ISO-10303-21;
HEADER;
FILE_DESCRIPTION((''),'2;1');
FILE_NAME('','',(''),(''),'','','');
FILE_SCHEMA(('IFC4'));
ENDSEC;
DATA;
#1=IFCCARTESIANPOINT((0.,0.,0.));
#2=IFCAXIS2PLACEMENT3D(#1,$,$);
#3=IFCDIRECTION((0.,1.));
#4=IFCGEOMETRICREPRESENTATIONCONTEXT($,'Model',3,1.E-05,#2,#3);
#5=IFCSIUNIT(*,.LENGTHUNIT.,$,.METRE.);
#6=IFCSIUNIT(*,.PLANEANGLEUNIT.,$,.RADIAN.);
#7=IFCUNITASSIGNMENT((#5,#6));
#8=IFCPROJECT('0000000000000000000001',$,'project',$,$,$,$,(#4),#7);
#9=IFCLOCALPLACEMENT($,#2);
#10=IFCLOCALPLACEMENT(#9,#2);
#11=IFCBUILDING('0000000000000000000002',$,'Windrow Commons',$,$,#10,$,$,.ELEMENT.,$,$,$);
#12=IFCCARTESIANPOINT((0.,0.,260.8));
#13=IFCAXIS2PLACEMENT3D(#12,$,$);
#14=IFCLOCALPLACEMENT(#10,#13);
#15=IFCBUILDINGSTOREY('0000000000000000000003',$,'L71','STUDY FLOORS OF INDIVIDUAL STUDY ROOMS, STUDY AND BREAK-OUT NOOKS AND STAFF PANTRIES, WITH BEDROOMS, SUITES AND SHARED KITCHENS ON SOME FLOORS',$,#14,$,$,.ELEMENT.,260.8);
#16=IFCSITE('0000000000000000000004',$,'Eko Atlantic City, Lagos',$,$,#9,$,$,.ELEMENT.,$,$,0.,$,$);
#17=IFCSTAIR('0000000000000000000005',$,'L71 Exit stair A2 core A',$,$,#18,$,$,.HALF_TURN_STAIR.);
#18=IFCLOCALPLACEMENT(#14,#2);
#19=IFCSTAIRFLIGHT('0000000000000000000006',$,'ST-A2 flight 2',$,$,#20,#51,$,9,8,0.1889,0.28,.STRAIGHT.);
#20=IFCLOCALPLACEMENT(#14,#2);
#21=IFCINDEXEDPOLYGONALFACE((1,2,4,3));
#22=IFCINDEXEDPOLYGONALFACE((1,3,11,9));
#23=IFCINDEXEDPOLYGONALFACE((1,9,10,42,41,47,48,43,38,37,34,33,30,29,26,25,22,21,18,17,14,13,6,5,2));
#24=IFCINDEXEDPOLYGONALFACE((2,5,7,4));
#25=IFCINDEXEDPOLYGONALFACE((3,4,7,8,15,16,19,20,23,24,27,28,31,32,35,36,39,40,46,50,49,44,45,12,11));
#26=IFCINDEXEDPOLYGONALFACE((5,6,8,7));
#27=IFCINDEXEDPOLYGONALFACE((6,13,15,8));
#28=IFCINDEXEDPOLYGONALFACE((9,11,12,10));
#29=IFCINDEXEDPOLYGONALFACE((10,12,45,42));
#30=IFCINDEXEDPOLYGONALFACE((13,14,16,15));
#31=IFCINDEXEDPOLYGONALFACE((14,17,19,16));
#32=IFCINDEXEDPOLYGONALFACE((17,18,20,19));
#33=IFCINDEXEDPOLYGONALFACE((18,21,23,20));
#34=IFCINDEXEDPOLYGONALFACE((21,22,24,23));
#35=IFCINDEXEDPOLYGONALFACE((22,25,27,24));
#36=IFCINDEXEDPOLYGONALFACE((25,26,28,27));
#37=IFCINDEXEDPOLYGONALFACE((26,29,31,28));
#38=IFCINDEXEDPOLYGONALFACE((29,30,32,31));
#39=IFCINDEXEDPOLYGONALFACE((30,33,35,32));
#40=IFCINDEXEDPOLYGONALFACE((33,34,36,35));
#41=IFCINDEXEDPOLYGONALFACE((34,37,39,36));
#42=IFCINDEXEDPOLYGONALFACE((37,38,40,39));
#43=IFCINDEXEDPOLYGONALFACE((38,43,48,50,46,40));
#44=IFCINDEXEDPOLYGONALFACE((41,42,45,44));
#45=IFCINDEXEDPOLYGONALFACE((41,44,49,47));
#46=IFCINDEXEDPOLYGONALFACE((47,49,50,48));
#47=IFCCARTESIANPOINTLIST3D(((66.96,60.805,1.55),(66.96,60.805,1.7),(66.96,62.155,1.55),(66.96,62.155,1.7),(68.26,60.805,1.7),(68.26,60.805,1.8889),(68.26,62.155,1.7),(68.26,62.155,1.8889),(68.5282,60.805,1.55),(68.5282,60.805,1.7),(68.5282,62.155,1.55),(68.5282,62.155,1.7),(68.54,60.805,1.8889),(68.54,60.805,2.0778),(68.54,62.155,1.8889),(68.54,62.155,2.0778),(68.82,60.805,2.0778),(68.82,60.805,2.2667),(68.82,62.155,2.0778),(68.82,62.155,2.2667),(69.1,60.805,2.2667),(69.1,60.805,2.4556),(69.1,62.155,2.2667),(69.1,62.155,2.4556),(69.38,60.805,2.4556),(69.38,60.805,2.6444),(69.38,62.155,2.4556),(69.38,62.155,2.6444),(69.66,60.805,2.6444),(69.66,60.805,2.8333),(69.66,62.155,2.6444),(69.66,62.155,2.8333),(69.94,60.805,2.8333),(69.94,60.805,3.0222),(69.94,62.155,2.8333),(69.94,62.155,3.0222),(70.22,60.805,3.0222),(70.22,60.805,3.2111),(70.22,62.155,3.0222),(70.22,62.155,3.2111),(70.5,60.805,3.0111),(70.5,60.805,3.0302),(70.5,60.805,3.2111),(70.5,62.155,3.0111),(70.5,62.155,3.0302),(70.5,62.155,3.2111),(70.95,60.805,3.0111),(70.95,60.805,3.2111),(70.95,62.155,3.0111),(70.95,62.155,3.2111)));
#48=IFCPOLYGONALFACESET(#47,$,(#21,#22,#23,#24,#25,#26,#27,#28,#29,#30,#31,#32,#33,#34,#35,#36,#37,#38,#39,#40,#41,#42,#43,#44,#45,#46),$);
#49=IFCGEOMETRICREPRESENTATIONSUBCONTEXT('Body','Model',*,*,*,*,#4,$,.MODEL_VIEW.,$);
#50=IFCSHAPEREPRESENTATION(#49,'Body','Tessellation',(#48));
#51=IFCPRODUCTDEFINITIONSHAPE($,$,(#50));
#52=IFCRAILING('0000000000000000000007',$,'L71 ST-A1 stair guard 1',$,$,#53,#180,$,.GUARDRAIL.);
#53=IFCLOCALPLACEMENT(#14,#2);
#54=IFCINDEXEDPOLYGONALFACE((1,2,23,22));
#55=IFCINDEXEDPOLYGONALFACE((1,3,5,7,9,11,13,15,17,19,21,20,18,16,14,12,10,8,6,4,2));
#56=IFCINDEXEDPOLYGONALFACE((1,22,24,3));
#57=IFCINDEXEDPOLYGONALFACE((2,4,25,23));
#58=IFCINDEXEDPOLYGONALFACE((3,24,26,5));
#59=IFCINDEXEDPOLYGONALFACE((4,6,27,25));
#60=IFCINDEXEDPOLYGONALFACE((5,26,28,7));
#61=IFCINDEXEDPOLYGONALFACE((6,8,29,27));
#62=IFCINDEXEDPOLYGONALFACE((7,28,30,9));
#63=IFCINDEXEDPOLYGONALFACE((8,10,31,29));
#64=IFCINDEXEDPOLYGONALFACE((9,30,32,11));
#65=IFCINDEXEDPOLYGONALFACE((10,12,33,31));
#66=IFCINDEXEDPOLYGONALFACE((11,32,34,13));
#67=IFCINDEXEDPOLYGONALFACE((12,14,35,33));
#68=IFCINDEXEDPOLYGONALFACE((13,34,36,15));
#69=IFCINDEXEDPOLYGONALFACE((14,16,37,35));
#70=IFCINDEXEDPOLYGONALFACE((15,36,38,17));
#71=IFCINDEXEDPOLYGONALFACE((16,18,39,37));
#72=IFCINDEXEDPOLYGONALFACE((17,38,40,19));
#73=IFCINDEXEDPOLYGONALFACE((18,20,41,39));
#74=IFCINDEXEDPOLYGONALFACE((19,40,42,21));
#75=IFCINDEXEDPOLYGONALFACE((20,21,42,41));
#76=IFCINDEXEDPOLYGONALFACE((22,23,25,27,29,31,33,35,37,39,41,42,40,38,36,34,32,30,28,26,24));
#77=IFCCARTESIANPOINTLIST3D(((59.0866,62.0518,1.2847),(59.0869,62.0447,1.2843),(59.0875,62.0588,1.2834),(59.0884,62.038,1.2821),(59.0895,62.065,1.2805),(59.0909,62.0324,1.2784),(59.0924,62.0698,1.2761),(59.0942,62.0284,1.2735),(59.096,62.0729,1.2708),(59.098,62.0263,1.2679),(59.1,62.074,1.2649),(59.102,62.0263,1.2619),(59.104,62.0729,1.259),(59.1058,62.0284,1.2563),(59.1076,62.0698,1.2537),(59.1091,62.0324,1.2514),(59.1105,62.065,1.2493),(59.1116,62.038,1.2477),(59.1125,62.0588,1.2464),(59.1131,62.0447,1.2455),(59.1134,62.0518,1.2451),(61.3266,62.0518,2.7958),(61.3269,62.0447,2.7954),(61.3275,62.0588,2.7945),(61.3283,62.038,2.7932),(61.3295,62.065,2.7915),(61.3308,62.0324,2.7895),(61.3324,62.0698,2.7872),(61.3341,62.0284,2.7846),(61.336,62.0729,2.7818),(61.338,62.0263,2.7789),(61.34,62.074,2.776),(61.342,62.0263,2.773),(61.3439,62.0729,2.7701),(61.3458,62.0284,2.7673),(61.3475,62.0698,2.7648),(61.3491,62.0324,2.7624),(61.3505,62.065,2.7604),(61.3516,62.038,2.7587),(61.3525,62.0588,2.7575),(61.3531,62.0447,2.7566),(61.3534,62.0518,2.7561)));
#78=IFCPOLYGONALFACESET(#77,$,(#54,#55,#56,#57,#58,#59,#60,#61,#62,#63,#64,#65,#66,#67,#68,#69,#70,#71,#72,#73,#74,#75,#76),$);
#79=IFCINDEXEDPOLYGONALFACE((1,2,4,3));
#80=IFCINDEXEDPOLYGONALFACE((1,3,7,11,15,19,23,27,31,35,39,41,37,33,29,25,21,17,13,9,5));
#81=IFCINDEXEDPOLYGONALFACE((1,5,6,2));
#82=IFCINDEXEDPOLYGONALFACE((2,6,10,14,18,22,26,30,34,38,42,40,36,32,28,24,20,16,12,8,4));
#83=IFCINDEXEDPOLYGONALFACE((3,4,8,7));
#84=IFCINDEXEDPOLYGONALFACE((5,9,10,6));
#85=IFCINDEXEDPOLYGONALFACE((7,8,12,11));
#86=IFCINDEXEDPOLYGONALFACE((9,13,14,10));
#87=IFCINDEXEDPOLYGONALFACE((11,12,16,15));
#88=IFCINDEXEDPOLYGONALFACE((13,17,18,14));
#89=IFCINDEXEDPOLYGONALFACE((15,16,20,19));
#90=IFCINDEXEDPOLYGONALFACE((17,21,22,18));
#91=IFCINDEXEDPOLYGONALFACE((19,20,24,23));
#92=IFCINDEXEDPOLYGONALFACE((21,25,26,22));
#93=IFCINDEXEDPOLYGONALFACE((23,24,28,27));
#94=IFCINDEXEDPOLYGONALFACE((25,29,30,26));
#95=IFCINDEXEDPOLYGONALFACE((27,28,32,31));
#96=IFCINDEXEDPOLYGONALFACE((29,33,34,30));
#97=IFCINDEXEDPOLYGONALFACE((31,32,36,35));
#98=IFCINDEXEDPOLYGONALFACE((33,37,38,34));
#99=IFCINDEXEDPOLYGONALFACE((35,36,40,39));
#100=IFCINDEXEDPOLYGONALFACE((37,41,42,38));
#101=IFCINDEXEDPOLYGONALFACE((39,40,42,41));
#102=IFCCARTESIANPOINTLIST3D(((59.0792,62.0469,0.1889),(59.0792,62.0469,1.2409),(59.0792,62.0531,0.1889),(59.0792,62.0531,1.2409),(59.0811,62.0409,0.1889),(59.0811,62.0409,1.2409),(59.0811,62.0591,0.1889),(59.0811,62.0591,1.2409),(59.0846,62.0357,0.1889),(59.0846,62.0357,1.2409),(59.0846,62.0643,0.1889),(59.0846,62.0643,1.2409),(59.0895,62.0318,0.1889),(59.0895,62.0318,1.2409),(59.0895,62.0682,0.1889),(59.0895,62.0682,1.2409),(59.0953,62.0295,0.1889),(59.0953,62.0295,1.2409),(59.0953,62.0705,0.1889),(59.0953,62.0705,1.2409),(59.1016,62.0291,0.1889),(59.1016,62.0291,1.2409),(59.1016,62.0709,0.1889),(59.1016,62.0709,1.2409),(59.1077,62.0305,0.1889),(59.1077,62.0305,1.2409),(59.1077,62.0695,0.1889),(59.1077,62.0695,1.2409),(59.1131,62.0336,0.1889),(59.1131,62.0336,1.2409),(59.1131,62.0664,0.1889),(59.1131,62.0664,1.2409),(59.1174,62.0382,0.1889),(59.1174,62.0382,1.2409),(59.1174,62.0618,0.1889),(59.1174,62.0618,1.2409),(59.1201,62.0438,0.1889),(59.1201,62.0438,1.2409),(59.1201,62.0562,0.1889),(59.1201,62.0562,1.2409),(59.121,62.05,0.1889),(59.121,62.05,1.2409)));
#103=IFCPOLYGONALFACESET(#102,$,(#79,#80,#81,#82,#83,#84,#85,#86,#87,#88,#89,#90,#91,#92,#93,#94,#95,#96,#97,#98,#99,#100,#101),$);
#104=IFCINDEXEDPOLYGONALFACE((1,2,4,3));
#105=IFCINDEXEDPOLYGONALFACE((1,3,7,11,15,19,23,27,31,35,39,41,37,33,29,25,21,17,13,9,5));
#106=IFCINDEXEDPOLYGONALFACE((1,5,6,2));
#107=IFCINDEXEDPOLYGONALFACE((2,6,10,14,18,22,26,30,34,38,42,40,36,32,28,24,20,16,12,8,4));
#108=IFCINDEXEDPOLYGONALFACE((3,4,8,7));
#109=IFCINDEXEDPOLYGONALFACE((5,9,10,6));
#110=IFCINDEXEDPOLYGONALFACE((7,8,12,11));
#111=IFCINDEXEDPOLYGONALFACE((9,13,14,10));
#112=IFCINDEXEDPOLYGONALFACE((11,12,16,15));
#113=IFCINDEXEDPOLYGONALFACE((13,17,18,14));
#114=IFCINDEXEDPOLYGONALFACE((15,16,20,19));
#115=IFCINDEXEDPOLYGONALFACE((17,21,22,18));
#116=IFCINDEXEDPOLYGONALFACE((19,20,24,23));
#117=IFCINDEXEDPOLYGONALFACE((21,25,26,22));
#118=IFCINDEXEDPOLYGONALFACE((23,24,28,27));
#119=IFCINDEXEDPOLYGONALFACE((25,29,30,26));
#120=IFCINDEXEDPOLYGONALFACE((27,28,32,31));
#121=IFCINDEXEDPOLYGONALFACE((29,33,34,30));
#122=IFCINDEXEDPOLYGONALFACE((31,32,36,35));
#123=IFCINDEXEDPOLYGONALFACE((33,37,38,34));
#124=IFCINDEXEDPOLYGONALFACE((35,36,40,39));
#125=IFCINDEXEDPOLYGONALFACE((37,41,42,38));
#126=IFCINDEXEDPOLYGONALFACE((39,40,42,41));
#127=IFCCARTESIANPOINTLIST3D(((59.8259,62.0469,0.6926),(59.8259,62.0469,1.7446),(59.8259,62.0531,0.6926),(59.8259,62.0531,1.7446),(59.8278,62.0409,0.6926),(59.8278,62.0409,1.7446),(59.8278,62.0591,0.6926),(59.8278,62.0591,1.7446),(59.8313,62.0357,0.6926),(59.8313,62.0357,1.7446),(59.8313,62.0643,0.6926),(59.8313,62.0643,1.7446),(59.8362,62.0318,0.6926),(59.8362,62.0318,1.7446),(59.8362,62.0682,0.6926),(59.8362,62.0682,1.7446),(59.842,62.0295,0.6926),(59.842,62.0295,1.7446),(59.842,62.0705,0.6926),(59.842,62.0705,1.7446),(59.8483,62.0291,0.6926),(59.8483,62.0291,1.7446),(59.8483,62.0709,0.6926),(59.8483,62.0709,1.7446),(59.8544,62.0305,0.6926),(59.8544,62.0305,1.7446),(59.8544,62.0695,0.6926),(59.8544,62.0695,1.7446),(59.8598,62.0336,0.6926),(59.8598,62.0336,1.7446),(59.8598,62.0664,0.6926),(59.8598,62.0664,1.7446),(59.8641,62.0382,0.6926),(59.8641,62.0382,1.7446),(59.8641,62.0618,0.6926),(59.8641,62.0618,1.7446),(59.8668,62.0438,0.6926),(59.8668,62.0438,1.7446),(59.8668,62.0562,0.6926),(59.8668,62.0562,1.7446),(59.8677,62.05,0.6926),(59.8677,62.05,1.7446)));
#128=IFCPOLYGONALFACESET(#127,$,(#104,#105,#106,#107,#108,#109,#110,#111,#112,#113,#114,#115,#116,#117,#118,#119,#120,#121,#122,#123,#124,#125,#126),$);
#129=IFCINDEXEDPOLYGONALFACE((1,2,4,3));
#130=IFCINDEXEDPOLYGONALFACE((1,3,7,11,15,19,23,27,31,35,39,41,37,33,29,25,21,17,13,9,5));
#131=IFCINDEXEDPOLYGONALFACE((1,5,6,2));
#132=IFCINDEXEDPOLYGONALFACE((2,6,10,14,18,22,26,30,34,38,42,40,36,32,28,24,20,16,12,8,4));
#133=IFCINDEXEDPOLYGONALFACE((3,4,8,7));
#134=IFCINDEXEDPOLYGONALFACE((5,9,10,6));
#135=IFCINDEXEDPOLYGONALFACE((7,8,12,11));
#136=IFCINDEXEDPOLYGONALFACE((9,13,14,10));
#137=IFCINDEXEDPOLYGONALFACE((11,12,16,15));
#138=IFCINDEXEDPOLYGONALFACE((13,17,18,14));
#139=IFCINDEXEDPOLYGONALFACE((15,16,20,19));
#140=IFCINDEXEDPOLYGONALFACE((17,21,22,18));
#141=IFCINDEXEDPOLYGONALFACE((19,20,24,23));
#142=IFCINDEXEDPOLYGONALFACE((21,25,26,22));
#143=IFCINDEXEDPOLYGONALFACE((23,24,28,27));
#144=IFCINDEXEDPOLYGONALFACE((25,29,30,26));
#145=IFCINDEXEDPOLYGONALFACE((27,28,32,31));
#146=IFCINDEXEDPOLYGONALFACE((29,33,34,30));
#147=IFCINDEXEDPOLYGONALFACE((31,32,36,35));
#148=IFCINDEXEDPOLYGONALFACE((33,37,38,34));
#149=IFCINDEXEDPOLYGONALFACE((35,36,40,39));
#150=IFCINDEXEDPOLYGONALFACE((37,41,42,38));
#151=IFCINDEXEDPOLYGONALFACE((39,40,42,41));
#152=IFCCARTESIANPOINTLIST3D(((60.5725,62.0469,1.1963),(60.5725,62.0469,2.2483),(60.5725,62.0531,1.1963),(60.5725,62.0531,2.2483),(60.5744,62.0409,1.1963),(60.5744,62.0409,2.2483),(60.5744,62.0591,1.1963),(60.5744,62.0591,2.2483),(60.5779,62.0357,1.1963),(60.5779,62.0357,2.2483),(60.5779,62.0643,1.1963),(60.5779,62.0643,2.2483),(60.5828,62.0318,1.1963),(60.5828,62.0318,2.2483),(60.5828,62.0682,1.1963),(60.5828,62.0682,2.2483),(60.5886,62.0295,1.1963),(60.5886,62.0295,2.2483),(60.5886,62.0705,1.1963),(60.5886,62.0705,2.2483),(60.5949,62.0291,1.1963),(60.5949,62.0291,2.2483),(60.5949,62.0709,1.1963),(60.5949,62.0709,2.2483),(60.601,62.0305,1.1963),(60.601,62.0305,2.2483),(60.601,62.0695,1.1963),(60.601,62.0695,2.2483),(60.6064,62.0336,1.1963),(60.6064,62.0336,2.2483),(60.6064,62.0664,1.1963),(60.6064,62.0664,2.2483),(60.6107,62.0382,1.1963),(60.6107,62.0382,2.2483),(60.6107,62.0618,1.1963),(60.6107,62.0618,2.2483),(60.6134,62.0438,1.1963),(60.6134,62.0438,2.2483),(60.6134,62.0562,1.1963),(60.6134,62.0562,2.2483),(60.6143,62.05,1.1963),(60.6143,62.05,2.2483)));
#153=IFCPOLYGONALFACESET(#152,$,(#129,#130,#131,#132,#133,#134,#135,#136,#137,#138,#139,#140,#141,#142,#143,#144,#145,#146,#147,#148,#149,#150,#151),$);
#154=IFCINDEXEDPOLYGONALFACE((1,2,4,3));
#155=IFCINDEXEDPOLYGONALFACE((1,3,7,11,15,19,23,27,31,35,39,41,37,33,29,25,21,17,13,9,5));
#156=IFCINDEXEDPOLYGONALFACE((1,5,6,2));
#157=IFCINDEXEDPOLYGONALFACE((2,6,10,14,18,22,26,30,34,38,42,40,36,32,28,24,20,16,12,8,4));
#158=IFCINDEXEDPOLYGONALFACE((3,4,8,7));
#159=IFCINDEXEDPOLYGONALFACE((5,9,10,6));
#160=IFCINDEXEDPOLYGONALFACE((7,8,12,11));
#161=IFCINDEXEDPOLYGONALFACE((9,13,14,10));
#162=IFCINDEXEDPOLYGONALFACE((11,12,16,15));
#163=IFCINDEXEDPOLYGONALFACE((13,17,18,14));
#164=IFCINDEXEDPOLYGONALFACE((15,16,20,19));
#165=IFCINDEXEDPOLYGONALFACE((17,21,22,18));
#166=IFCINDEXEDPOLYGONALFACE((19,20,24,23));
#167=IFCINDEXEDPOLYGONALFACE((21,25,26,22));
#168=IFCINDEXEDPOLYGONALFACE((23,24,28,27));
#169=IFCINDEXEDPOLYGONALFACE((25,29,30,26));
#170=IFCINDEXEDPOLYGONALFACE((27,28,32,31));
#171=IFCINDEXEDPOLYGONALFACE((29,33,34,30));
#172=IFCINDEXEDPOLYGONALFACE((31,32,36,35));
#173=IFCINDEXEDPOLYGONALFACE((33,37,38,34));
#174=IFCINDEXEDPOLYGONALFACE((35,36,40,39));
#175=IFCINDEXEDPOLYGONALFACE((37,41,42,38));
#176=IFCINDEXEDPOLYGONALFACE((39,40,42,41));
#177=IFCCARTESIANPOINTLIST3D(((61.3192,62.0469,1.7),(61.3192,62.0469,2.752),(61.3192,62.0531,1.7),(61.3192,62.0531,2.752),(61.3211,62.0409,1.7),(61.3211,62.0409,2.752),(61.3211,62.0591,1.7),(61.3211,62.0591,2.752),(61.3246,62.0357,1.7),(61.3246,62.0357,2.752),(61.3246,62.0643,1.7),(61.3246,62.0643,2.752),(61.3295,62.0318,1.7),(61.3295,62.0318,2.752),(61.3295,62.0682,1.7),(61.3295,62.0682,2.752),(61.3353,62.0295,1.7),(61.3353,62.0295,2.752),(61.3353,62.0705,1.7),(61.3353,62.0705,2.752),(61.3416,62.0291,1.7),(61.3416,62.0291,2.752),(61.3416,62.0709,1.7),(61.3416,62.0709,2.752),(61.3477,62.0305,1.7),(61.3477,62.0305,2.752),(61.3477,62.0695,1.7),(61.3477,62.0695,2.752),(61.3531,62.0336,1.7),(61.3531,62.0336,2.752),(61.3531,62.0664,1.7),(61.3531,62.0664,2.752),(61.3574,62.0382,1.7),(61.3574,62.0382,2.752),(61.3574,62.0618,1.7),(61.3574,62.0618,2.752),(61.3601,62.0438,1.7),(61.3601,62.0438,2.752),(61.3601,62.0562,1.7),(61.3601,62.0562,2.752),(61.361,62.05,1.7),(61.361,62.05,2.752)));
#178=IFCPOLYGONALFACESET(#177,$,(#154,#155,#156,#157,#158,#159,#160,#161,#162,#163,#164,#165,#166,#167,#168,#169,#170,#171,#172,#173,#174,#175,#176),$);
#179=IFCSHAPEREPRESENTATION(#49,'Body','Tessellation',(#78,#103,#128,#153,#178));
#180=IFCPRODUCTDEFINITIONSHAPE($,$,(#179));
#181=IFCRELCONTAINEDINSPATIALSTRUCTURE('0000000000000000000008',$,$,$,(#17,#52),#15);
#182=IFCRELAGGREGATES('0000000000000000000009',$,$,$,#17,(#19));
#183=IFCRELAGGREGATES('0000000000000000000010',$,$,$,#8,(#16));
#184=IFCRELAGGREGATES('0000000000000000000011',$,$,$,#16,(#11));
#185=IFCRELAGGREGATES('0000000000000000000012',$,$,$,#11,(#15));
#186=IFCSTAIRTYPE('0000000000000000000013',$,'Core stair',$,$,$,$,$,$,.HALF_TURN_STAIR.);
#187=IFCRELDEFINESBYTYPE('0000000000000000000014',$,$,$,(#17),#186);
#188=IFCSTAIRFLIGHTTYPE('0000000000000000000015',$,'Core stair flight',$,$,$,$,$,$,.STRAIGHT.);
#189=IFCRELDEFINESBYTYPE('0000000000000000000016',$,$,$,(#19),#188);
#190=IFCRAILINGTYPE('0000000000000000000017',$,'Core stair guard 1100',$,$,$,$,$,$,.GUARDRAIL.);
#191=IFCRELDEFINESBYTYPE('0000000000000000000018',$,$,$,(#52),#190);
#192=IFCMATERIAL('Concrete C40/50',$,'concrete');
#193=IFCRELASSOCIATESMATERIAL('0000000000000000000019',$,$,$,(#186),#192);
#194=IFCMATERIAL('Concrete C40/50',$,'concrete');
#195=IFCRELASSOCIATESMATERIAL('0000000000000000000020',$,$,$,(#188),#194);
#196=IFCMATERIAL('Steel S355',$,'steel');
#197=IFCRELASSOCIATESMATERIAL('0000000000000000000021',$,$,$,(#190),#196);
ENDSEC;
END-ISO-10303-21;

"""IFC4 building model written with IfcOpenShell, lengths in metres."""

from ifc_helpers import new_model, si_unit, direction, frame, origin, origin_2d, place, context, subcontext, project, spatial, polyline, circle, outline, extrude, material, type_object, element, aggregate, save


model = new_model("IFC4")

# Units and contexts
model_context = context("Model", 3, precision=1e-05, world=origin(), true_north=direction((0.0, 1.0)))
body_context = subcontext(model_context, "Body", "Model", "MODEL_VIEW")
ifc_project = project(units=[si_unit("LENGTHUNIT", "METRE"), si_unit("PLANEANGLEUNIT", "RADIAN")], contexts=[model_context])

# Site, building, storey
site_placement = place(None, origin())
site = spatial("IfcSite", under=ifc_project, at=site_placement, Name="Eko Atlantic City, Lagos", CompositionType="ELEMENT", RefElevation=0.0)
building_placement = place(site_placement, origin())
building = spatial("IfcBuilding", under=site, at=building_placement, Name="Windrow Commons", CompositionType="ELEMENT")
storey_placement = place(building_placement, frame((0.0, 0.0, 260.8)))
storey = spatial("IfcBuildingStorey", under=building, at=storey_placement, Name="L71", Description="STUDY FLOORS OF INDIVIDUAL STUDY ROOMS, STUDY AND BREAK-OUT NOOKS AND STAFF PANTRIES, WITH BEDROOMS, SUITES AND SHARED KITCHENS ON SOME FLOORS", CompositionType="ELEMENT", Elevation=260.8)

# Stair, stair flight
ifc_material_1 = material(Name="Concrete C40/50", Category="concrete")
stair_type = type_object("IfcStairType", Name="Core stair", PredefinedType="HALF_TURN_STAIR", material=ifc_material_1)
placement = place(storey_placement, origin())
ifc_material_2 = material(Name="Concrete C40/50", Category="concrete")
stair_flight_type = type_object("IfcStairFlightType", Name="Core stair flight", PredefinedType="STRAIGHT", material=ifc_material_2)
stair_1 = element("IfcStair", 1, at=placement, inside=storey, type_object=stair_type, Name="L71 Exit stair A2 core A", PredefinedType="HALF_TURN_STAIR")
stair_flight_1_placement = place(storey_placement, frame((68.26, 61.48, 1.7), z_axis=(0.0, 0.0, 1.0), x_axis=(1.0, 0.0, 0.0)))
stair_flight_1 = element("IfcStairFlight", 2, at=stair_flight_1_placement, type_object=stair_flight_type, Name="ST-A2 flight 2", NumberOfRisers=9, NumberOfTreads=8, PredefinedType="STRAIGHT", RiserHeight=0.1889, TreadLength=0.28, context=body_context, shape_type="SweptSolid", body=[
    extrude(outline(polyline([(-1.3, -0.15), (-1.3, 0.0), (0.0, 0.0), (0.0, 0.1889), (0.28, 0.1889), (0.28, 0.3778), (0.56, 0.3778), (0.56, 0.5667), (0.84, 0.5667), (0.84, 0.7556), (1.12, 0.7556), (1.12, 0.9444), (1.4, 0.9444), (1.4, 1.1333), (1.68, 1.1333), (1.68, 1.3222), (1.96, 1.3222), (1.96, 1.5111), (2.24, 1.5111), (2.69, 1.5111), (2.69, 1.3111), (2.24, 1.3111), (2.24, 1.3302), (0.2682, 0.0), (0.2682, -0.15), (-1.3, -0.15)])), frame((0.0, 0.675, 0.0), z_axis=(0.0, -1.0, 0.0), x_axis=(1.0, 0.0, 0.0)), (0.0, 0.0, 1.0), 1.35),
])
aggregate(stair_1, [stair_flight_1])

# Railing
ifc_material_3 = material(Name="Steel S355", Category="steel")
railing_type_1 = type_object("IfcRailingType", Name="Core stair guard 1100", PredefinedType="GUARDRAIL", material=ifc_material_3)
for number, where, name in (
    (3, (59.1, 62.05, 0.1889), "L71 ST-A1 stair guard 1"),
):
    element("IfcRailing", number, at=place(storey_placement, frame(where)), inside=storey, type_object=railing_type_1, Name=name, PredefinedType="GUARDRAIL", context=body_context, shape_type="SweptSolid", body=[
        extrude(circle(Radius=0.024, at=origin_2d()), frame((0.0, 0.0, 1.076), z_axis=(0.829003, 0.0, 0.559244), x_axis=(0.0, 1.0, 0.0)), (0.0, 0.0, 1.0), 2.702),
        extrude(circle(Radius=0.021, at=origin_2d()), origin(), (0.0, 0.0, 1.0), 1.052),
        extrude(circle(Radius=0.021, at=origin_2d()), frame((0.7467, 0.0, 0.5037)), (0.0, 0.0, 1.0), 1.052),
        extrude(circle(Radius=0.021, at=origin_2d()), frame((1.4933, 0.0, 1.0074)), (0.0, 0.0, 1.0), 1.052),
        extrude(circle(Radius=0.021, at=origin_2d()), frame((2.24, 0.0, 1.5111)), (0.0, 0.0, 1.0), 1.052),
    ])

save(model, "model.ifc")
